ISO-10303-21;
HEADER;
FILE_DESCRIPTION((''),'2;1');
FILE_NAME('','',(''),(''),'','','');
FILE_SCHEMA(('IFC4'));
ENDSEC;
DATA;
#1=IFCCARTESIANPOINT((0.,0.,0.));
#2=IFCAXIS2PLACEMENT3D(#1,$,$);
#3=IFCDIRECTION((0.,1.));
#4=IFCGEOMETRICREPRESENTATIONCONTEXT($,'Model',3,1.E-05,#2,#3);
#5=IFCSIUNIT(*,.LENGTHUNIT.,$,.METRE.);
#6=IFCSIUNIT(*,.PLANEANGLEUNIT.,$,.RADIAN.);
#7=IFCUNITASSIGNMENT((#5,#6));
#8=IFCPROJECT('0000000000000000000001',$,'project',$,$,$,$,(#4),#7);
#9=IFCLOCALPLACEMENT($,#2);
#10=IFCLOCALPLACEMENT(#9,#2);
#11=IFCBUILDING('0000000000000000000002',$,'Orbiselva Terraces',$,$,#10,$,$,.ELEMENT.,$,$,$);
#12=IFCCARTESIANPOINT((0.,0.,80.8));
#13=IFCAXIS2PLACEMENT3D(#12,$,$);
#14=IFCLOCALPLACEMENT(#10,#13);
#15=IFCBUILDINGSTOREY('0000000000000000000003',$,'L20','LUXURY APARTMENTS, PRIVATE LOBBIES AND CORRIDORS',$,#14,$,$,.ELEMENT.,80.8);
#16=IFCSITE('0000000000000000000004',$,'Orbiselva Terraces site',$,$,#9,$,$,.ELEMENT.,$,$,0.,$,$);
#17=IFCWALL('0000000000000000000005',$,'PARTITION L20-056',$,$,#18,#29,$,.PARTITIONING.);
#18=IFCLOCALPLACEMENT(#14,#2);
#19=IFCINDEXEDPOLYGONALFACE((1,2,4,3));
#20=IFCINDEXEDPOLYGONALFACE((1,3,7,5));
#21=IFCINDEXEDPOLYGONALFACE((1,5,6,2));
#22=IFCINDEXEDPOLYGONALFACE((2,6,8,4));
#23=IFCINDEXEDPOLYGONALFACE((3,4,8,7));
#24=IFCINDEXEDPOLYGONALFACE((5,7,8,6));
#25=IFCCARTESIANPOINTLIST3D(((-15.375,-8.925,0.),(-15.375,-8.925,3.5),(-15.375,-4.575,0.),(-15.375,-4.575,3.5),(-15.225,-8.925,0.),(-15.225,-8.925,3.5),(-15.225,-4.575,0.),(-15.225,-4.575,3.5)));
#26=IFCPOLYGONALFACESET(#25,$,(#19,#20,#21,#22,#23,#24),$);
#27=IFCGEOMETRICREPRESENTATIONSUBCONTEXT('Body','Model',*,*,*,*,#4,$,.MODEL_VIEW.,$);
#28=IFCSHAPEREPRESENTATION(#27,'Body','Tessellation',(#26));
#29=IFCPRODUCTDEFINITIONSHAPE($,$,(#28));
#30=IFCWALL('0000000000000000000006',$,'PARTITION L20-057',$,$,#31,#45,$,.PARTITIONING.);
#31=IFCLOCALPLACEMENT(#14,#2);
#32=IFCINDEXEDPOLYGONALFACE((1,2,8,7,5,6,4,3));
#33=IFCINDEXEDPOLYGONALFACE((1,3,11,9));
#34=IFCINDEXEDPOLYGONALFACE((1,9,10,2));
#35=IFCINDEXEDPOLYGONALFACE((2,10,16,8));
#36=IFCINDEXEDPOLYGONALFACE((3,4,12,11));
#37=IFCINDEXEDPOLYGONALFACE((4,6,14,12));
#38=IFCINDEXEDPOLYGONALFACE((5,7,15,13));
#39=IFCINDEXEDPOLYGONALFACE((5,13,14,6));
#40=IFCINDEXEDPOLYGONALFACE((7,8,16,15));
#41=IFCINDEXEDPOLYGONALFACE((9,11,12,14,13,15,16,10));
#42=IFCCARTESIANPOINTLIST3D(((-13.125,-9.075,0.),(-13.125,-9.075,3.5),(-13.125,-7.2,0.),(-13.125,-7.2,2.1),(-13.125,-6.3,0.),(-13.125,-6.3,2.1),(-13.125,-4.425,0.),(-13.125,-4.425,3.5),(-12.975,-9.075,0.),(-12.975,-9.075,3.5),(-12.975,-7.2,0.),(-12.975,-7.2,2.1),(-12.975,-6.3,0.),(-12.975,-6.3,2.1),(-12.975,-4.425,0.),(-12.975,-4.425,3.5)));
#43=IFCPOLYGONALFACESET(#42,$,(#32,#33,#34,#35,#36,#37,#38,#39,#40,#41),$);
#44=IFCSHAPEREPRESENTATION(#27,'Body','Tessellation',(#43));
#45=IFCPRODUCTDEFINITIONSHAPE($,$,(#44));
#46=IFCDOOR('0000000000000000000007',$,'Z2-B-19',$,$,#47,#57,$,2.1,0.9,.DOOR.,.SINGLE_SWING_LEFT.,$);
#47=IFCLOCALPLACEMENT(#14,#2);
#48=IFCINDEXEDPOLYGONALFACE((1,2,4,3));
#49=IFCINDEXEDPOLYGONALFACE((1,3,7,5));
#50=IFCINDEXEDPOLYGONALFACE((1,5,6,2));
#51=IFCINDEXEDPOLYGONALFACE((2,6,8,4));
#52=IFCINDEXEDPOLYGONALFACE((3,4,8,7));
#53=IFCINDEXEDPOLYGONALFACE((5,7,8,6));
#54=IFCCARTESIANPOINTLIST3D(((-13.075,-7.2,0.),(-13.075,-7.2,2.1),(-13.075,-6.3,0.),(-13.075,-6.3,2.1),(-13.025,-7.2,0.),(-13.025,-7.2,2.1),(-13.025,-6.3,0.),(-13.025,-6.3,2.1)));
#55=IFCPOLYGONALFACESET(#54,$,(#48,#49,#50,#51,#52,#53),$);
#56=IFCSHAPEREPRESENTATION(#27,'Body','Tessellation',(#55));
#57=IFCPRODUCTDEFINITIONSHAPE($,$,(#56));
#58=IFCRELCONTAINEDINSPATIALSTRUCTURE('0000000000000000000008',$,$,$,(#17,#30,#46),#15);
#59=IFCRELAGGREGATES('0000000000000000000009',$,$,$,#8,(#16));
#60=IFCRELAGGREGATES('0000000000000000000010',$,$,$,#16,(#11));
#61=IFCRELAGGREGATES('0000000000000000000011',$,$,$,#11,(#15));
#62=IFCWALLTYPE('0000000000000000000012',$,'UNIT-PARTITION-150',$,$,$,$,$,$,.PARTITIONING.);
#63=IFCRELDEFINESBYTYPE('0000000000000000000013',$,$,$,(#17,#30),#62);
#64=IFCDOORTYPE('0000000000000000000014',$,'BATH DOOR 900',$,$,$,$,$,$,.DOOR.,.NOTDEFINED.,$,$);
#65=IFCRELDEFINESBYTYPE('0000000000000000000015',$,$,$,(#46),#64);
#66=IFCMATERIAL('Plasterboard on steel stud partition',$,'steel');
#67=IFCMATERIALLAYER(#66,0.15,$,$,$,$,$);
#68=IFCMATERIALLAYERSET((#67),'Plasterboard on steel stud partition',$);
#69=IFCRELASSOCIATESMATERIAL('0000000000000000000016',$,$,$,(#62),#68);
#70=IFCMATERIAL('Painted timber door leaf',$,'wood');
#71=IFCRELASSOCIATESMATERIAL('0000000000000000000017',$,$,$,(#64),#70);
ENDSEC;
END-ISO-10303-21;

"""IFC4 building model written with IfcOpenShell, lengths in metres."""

from ifc_helpers import new_model, si_unit, direction, frame, frame_2d, origin, place, context, subcontext, project, spatial, rectangle, extrude, material, layer, layer_set, type_object, element, fill, save


model = new_model("IFC4")

# Units and contexts
model_context = context("Model", 3, precision=1e-05, world=origin(), true_north=direction((0.0, 1.0)))
body_context = subcontext(model_context, "Body", "Model", "MODEL_VIEW")
ifc_project = project(units=[si_unit("LENGTHUNIT", "METRE"), si_unit("PLANEANGLEUNIT", "RADIAN")], contexts=[model_context])

# Site, building, storey
site_placement = place(None, origin())
site = spatial("IfcSite", under=ifc_project, at=site_placement, Name="Orbiselva Terraces site", CompositionType="ELEMENT", RefElevation=0.0)
building_placement = place(site_placement, origin())
building = spatial("IfcBuilding", under=site, at=building_placement, Name="Orbiselva Terraces", CompositionType="ELEMENT")
storey_placement = place(building_placement, frame((0.0, 0.0, 80.8)))
storey = spatial("IfcBuildingStorey", under=building, at=storey_placement, Name="L20", Description="LUXURY APARTMENTS, PRIVATE LOBBIES AND CORRIDORS", CompositionType="ELEMENT", Elevation=80.8)

# Shared definitions
ifc_material_1 = material(Name="Plasterboard on steel stud partition", Category="steel")
ifc_layer_1 = layer(ifc_material_1, 0.15)
ifc_layer_set_1 = layer_set([ifc_layer_1], Name="Plasterboard on steel stud partition")
wall_type_1 = type_object("IfcWallType", Name="UNIT-PARTITION-150", PredefinedType="PARTITIONING", material=ifc_layer_set_1)

# Shared definitions
ifc_material_2 = material(Name="Painted timber door leaf", Category="wood")

# Wall
for number, where, z_axis, x_axis, name in (
    (1, (-15.3, -8.925, 0.0), (0.0, 0.0, 1.0), (0.0, 1.0, 0.0), "PARTITION L20-056"),
):
    element("IfcWall", number, at=place(storey_placement, frame(where, z_axis=z_axis, x_axis=x_axis)), inside=storey, type_object=wall_type_1, Name=name, PredefinedType="PARTITIONING", context=body_context, shape_type="SweptSolid", body=[
        extrude(rectangle(XDim=4.35, YDim=0.15, at=frame_2d((2.175, 0.0))), origin(), (0.0, 0.0, 1.0), 3.5),
    ])

# Wall, opening, door
wall_1_placement = place(storey_placement, frame((-13.05, -9.075, 0.0), z_axis=(0.0, 0.0, 1.0), x_axis=(0.0, 1.0, 0.0)))
wall_1 = element("IfcWall", 2, at=wall_1_placement, inside=storey, type_object=wall_type_1, Name="PARTITION L20-057", PredefinedType="PARTITIONING", context=body_context, shape_type="SweptSolid", body=[
    extrude(rectangle(XDim=4.65, YDim=0.15, at=frame_2d((2.325, 0.0))), origin(), (0.0, 0.0, 1.0), 3.5),
])
opening_1_placement = place(wall_1_placement, frame((1.875, 0.0, 0.0)))
opening_1 = element("IfcOpeningElement", 3, at=opening_1_placement, cuts=wall_1, PredefinedType="OPENING", context=body_context, shape_type="SweptSolid", body=[
    extrude(rectangle(XDim=0.9, YDim=2.1, at=frame_2d((0.45, 1.05))), frame((0.0, 0.085, 0.0), z_axis=(0.0, -1.0, 0.0), x_axis=(1.0, 0.0, 0.0)), (0.0, 0.0, 1.0), 0.17),
])
door_type_1 = type_object("IfcDoorType", Name="BATH DOOR 900", OperationType="NOTDEFINED", PredefinedType="DOOR", material=ifc_material_2)
door_1_placement = place(opening_1_placement, origin())
door_1 = element("IfcDoor", 4, at=door_1_placement, inside=storey, type_object=door_type_1, Name="Z2-B-19", OperationType="SINGLE_SWING_LEFT", OverallHeight=2.1, OverallWidth=0.9, PredefinedType="DOOR", context=body_context, shape_type="SweptSolid", body=[
    extrude(rectangle(XDim=0.9, YDim=2.1, at=frame_2d((0.45, 1.05))), frame((0.0, 0.025, 0.0), z_axis=(0.0, -1.0, 0.0), x_axis=(1.0, 0.0, 0.0)), (0.0, 0.0, 1.0), 0.05),
])
fill(opening_1, door_1)

save(model, "model.ifc")
